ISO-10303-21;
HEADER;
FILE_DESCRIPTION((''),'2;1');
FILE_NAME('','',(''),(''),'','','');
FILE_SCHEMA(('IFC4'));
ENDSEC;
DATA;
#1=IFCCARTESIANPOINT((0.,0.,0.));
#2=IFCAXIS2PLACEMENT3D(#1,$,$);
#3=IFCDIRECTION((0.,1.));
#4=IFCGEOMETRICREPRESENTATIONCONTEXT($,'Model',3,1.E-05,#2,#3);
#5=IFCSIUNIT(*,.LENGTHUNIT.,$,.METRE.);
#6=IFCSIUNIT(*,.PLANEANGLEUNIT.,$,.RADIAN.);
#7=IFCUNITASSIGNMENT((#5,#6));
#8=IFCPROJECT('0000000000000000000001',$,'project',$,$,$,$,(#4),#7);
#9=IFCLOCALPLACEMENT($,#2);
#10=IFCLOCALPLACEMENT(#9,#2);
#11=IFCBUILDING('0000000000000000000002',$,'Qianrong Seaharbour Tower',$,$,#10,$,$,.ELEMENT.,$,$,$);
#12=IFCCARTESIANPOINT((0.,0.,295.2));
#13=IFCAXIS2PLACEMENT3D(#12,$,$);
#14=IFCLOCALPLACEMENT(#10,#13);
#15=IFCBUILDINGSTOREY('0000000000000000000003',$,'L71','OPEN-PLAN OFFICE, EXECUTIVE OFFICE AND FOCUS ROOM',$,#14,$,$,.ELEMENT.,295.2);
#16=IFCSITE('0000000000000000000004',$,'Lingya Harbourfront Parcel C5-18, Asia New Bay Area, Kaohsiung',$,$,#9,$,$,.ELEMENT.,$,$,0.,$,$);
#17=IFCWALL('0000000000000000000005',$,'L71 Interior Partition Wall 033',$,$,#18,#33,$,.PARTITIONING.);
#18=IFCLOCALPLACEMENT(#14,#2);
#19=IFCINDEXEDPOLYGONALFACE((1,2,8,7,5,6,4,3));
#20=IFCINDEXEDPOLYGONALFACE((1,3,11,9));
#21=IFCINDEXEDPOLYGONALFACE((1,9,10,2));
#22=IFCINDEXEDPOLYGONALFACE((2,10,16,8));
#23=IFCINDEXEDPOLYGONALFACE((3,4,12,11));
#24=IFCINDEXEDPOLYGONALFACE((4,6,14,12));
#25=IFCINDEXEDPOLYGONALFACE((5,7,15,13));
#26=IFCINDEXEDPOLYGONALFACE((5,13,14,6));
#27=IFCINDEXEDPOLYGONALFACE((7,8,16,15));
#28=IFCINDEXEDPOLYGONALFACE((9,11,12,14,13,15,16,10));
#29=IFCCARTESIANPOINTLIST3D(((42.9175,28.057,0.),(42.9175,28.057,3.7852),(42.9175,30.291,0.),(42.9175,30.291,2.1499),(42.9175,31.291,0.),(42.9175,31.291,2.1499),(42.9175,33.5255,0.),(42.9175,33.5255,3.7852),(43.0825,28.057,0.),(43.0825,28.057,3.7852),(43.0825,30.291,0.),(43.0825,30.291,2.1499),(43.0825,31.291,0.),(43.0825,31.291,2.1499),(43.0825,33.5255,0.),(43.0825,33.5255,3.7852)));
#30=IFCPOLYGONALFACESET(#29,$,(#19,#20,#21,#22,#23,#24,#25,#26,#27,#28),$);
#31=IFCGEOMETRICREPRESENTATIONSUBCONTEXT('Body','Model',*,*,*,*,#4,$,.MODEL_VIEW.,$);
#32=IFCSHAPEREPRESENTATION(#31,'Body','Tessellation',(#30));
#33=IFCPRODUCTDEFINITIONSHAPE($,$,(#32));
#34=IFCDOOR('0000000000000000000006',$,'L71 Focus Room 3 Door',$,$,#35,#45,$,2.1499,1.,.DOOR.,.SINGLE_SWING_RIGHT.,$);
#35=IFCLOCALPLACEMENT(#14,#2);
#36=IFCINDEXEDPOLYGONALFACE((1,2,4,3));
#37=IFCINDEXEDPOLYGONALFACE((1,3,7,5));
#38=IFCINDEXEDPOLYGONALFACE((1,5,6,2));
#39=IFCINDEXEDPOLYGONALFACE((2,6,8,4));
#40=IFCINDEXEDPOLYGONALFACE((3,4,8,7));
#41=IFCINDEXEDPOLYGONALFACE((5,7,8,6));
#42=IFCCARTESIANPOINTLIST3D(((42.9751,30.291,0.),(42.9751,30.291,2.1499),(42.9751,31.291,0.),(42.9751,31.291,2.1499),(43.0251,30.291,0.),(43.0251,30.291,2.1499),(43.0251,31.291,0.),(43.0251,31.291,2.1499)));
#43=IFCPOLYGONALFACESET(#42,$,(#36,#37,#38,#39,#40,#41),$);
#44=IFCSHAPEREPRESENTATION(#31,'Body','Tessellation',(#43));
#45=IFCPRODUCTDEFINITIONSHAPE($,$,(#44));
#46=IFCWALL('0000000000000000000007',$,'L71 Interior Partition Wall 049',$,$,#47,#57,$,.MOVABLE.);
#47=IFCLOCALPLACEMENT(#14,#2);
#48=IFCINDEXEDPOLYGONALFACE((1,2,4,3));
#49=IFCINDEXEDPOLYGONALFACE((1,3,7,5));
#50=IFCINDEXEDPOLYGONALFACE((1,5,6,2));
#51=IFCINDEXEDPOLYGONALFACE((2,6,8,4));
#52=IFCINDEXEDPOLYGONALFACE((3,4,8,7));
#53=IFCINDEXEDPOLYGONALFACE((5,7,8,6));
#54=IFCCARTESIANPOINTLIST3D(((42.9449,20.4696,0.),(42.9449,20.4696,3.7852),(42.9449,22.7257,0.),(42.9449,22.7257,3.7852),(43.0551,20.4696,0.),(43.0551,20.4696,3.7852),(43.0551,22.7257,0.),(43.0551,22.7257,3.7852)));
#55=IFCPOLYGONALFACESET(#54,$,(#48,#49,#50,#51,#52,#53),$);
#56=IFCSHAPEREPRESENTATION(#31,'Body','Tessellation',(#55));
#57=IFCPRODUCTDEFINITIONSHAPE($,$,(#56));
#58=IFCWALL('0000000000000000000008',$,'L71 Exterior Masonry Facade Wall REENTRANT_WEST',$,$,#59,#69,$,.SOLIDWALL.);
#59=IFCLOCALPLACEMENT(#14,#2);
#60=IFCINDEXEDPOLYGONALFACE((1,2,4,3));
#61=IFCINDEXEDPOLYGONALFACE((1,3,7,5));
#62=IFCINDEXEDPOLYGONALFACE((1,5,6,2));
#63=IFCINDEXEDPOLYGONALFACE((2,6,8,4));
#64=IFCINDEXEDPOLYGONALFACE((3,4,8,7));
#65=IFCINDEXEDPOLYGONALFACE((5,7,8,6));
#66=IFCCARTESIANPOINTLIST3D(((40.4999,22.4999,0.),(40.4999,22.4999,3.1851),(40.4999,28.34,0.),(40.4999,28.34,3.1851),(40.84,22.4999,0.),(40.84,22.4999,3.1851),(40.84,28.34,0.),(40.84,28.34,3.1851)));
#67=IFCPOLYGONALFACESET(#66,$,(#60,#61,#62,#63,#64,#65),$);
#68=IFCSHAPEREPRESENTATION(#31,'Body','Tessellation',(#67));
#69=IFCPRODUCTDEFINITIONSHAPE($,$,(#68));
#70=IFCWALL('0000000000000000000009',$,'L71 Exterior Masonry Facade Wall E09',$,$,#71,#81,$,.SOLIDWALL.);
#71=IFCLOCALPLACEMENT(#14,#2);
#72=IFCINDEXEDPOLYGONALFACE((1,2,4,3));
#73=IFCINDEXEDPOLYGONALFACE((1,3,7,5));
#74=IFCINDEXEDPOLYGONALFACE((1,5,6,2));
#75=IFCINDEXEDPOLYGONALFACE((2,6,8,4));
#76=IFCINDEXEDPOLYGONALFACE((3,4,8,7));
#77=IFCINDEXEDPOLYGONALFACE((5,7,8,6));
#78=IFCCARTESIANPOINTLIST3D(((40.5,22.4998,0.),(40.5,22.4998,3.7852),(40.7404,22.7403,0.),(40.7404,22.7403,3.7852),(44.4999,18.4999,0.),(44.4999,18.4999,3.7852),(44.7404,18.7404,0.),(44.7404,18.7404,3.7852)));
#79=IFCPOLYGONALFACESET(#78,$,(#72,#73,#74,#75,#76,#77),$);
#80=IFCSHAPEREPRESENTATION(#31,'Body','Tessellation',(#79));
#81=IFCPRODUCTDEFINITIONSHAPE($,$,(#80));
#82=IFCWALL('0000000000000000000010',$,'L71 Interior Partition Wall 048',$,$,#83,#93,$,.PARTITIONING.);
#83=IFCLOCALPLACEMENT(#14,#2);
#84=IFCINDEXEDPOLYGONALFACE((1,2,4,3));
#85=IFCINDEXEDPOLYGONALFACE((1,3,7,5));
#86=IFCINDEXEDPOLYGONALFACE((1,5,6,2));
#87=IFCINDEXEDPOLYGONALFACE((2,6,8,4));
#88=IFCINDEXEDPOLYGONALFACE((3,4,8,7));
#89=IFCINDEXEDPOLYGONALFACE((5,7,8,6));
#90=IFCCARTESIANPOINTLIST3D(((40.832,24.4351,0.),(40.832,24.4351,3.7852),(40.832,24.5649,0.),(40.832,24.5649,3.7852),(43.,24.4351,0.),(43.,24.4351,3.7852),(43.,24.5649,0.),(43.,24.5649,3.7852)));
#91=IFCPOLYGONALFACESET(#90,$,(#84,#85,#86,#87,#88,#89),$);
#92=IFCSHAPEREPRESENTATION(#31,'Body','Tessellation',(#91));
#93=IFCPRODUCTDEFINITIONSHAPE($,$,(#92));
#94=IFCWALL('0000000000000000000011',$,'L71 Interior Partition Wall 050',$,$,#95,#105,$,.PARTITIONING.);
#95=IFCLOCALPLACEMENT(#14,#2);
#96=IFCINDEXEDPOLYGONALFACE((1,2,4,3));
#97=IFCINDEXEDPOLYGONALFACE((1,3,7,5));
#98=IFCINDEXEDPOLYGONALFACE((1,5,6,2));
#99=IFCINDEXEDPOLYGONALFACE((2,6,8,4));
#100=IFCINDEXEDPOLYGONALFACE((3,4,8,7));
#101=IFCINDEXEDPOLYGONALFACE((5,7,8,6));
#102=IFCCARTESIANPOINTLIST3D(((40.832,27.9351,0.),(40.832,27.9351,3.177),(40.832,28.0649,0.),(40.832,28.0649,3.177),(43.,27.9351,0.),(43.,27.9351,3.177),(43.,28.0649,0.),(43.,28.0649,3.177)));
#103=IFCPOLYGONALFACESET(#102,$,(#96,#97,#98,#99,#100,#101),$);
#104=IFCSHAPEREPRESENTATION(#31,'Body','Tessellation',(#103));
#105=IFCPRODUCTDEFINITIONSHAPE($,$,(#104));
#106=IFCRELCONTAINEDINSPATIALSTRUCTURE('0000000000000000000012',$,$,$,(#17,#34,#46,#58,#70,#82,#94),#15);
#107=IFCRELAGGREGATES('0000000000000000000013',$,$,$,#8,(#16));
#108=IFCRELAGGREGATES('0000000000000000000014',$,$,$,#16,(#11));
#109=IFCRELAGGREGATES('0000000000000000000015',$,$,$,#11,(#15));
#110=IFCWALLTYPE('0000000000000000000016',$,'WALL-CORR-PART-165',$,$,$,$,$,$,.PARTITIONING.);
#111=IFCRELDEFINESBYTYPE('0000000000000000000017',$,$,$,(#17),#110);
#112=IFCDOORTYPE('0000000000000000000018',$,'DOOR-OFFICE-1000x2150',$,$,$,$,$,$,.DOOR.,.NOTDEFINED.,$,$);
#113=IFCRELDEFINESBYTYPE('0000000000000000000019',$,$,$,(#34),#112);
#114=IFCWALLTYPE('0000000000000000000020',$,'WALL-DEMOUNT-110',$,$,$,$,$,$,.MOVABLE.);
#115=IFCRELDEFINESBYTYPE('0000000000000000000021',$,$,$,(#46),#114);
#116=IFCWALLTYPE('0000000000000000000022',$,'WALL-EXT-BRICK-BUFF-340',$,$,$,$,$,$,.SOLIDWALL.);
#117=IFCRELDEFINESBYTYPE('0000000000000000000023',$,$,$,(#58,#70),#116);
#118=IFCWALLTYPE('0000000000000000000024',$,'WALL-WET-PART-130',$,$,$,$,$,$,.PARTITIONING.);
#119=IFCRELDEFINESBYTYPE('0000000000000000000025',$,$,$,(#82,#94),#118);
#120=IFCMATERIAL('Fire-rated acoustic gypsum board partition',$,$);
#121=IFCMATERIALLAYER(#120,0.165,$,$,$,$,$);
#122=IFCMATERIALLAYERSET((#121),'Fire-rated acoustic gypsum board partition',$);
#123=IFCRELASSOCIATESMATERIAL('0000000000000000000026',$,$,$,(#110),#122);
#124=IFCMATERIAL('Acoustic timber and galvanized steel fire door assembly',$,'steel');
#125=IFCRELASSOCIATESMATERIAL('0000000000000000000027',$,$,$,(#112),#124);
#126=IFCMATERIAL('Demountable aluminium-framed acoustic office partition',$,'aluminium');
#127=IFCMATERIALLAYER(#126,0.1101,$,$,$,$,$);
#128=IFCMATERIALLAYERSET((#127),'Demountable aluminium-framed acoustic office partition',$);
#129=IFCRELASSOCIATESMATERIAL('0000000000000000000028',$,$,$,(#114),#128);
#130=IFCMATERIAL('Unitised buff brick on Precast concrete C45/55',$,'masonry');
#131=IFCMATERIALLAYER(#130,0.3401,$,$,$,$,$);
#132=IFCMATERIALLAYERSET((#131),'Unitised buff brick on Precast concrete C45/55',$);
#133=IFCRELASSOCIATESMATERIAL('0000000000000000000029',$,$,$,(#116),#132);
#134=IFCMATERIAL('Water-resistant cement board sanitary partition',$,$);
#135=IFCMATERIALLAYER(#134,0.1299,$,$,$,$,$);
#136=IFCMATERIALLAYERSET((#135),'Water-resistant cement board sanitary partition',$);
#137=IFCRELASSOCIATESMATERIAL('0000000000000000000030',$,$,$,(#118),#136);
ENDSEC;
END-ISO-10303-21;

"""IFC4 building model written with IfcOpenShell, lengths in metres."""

from ifc_helpers import new_model, si_unit, direction, frame, frame_2d, origin, place, context, subcontext, project, spatial, rectangle, extrude, material, layer, layer_set, type_object, element, fill, save


model = new_model("IFC4")

# Units and contexts
model_context = context("Model", 3, precision=1e-05, world=origin(), true_north=direction((0.0, 1.0)))
body_context = subcontext(model_context, "Body", "Model", "MODEL_VIEW")
ifc_project = project(units=[si_unit("LENGTHUNIT", "METRE"), si_unit("PLANEANGLEUNIT", "RADIAN")], contexts=[model_context])

# Site, building, storey
site_placement = place(None, origin())
site = spatial("IfcSite", under=ifc_project, at=site_placement, Name="Lingya Harbourfront Parcel C5-18, Asia New Bay Area, Kaohsiung", CompositionType="ELEMENT", RefElevation=0.0)
building_placement = place(site_placement, origin())
building = spatial("IfcBuilding", under=site, at=building_placement, Name="Qianrong Seaharbour Tower", CompositionType="ELEMENT")
storey_placement = place(building_placement, frame((0.0, 0.0, 295.2)))
storey = spatial("IfcBuildingStorey", under=building, at=storey_placement, Name="L71", Description="OPEN-PLAN OFFICE, EXECUTIVE OFFICE AND FOCUS ROOM", CompositionType="ELEMENT", Elevation=295.2)

# Shared definitions
ifc_material_1 = material(Name="Fire-rated acoustic gypsum board partition")
ifc_layer_1 = layer(ifc_material_1, 0.165)
ifc_layer_set_1 = layer_set([ifc_layer_1], Name="Fire-rated acoustic gypsum board partition")
wall_type_1 = type_object("IfcWallType", Name="WALL-CORR-PART-165", PredefinedType="PARTITIONING", material=ifc_layer_set_1)

# Shared definitions
ifc_material_2 = material(Name="Acoustic timber and galvanized steel fire door assembly", Category="steel")

# Wall, opening, door
door_type_1 = type_object("IfcDoorType", Name="DOOR-OFFICE-1000x2150", OperationType="NOTDEFINED", PredefinedType="DOOR", material=ifc_material_2)
wall_1_placement = place(storey_placement, frame((43.0, 28.0569, 0.0), z_axis=(0.0, 0.0, 1.0), x_axis=(0.0, 1.0, 0.0)))
wall_1 = element("IfcWall", 1, at=wall_1_placement, inside=storey, type_object=wall_type_1, Name="L71 Interior Partition Wall 033", PredefinedType="PARTITIONING", context=body_context, shape_type="SweptSolid", body=[
    extrude(rectangle(XDim=5.4685, YDim=0.165, at=frame_2d((2.7344, 0.0))), origin(), (0.0, 0.0, 1.0), 3.7852),
])
opening_1_placement = place(wall_1_placement, frame((2.2341, 0.0, 0.0)))
opening_1 = element("IfcOpeningElement", 2, at=opening_1_placement, cuts=wall_1, PredefinedType="OPENING", context=body_context, shape_type="SweptSolid", body=[
    extrude(rectangle(XDim=1.0, YDim=2.1499, at=frame_2d((0.5, 1.075))), frame((0.0, 0.0925, 0.0), z_axis=(0.0, -1.0, 0.0), x_axis=(1.0, 0.0, 0.0)), (0.0, 0.0, 1.0), 0.1851),
])
door_1_placement = place(opening_1_placement, origin())
door_1 = element("IfcDoor", 3, at=door_1_placement, inside=storey, type_object=door_type_1, Name="L71 Focus Room 3 Door", OperationType="SINGLE_SWING_RIGHT", OverallHeight=2.1499, OverallWidth=1.0, PredefinedType="DOOR", context=body_context, shape_type="SweptSolid", body=[
    extrude(rectangle(XDim=1.0, YDim=2.1499, at=frame_2d((0.5, 1.075))), frame((0.0, 0.0249, 0.0), z_axis=(0.0, -1.0, 0.0), x_axis=(1.0, 0.0, 0.0)), (0.0, 0.0, 1.0), 0.05),
])
fill(opening_1, door_1)

# Walls
ifc_material_3 = material(Name="Demountable aluminium-framed acoustic office partition", Category="aluminium")
ifc_layer_2 = layer(ifc_material_3, 0.1101)
ifc_layer_set_2 = layer_set([ifc_layer_2], Name="Demountable aluminium-framed acoustic office partition")
wall_type_2 = type_object("IfcWallType", Name="WALL-DEMOUNT-110", PredefinedType="MOVABLE", material=ifc_layer_set_2)
wall_2_placement = place(storey_placement, frame((43.0, 22.7256, 0.0), z_axis=(0.0, 0.0, 1.0), x_axis=(0.0, -1.0, 0.0)))
element("IfcWall", 4, at=wall_2_placement, inside=storey, type_object=wall_type_2, Name="L71 Interior Partition Wall 049", PredefinedType="MOVABLE", context=body_context, shape_type="SweptSolid", body=[
    extrude(rectangle(XDim=2.2561, YDim=0.1101, at=frame_2d((1.1279, 0.0))), origin(), (0.0, 0.0, 1.0), 3.7852),
])
ifc_material_4 = material(Name="Unitised buff brick on Precast concrete C45/55", Category="masonry")
ifc_layer_3 = layer(ifc_material_4, 0.3401)
ifc_layer_set_3 = layer_set([ifc_layer_3], Name="Unitised buff brick on Precast concrete C45/55")
wall_type_3 = type_object("IfcWallType", Name="WALL-EXT-BRICK-BUFF-340", PredefinedType="SOLIDWALL", material=ifc_layer_set_3)
wall_3_placement = place(storey_placement, frame((40.6699, 22.5, 0.0), z_axis=(0.0, 0.0, 1.0), x_axis=(0.0, 1.0, 0.0)))
element("IfcWall", 5, at=wall_3_placement, inside=storey, type_object=wall_type_3, Name="L71 Exterior Masonry Facade Wall REENTRANT_WEST", PredefinedType="SOLIDWALL", context=body_context, shape_type="SweptSolid", body=[
    extrude(rectangle(XDim=5.8401, YDim=0.3401, at=frame_2d((2.9199, 0.0))), origin(), (0.0, 0.0, 1.0), 3.1851),
])
wall_4_placement = place(storey_placement, frame((44.6201, 18.6201, 0.0), z_axis=(0.0, 0.0, 1.0), x_axis=(-0.707107, 0.707107, 0.0)))
element("IfcWall", 6, at=wall_4_placement, inside=storey, type_object=wall_type_3, Name="L71 Exterior Masonry Facade Wall E09", PredefinedType="SOLIDWALL", context=body_context, shape_type="SweptSolid", body=[
    extrude(rectangle(XDim=5.6567, YDim=0.3401, at=frame_2d((2.8284, 0.0))), origin(), (0.0, 0.0, 1.0), 3.7852),
])

# Shared definitions
ifc_material_5 = material(Name="Water-resistant cement board sanitary partition")
ifc_layer_4 = layer(ifc_material_5, 0.1299)
ifc_layer_set_4 = layer_set([ifc_layer_4], Name="Water-resistant cement board sanitary partition")
wall_type_4 = type_object("IfcWallType", Name="WALL-WET-PART-130", PredefinedType="PARTITIONING", material=ifc_layer_set_4)

# Walls
wall_5_placement = place(storey_placement, frame((40.832, 24.5, 0.0), z_axis=(0.0, 0.0, 1.0), x_axis=(1.0, 0.0, 0.0)))
element("IfcWall", 7, at=wall_5_placement, inside=storey, type_object=wall_type_4, Name="L71 Interior Partition Wall 048", PredefinedType="PARTITIONING", context=body_context, shape_type="SweptSolid", body=[
    extrude(rectangle(XDim=2.168, YDim=0.1299, at=frame_2d((1.084, 0.0))), origin(), (0.0, 0.0, 1.0), 3.7852),
])
wall_6_placement = place(storey_placement, frame((40.832, 28.0, 0.0), z_axis=(0.0, 0.0, 1.0), x_axis=(1.0, 0.0, 0.0)))
element("IfcWall", 8, at=wall_6_placement, inside=storey, type_object=wall_type_4, Name="L71 Interior Partition Wall 050", PredefinedType="PARTITIONING", context=body_context, shape_type="SweptSolid", body=[
    extrude(rectangle(XDim=2.168, YDim=0.1299, at=frame_2d((1.084, 0.0))), origin(), (0.0, 0.0, 1.0), 3.177),
])

save(model, "model.ifc")
